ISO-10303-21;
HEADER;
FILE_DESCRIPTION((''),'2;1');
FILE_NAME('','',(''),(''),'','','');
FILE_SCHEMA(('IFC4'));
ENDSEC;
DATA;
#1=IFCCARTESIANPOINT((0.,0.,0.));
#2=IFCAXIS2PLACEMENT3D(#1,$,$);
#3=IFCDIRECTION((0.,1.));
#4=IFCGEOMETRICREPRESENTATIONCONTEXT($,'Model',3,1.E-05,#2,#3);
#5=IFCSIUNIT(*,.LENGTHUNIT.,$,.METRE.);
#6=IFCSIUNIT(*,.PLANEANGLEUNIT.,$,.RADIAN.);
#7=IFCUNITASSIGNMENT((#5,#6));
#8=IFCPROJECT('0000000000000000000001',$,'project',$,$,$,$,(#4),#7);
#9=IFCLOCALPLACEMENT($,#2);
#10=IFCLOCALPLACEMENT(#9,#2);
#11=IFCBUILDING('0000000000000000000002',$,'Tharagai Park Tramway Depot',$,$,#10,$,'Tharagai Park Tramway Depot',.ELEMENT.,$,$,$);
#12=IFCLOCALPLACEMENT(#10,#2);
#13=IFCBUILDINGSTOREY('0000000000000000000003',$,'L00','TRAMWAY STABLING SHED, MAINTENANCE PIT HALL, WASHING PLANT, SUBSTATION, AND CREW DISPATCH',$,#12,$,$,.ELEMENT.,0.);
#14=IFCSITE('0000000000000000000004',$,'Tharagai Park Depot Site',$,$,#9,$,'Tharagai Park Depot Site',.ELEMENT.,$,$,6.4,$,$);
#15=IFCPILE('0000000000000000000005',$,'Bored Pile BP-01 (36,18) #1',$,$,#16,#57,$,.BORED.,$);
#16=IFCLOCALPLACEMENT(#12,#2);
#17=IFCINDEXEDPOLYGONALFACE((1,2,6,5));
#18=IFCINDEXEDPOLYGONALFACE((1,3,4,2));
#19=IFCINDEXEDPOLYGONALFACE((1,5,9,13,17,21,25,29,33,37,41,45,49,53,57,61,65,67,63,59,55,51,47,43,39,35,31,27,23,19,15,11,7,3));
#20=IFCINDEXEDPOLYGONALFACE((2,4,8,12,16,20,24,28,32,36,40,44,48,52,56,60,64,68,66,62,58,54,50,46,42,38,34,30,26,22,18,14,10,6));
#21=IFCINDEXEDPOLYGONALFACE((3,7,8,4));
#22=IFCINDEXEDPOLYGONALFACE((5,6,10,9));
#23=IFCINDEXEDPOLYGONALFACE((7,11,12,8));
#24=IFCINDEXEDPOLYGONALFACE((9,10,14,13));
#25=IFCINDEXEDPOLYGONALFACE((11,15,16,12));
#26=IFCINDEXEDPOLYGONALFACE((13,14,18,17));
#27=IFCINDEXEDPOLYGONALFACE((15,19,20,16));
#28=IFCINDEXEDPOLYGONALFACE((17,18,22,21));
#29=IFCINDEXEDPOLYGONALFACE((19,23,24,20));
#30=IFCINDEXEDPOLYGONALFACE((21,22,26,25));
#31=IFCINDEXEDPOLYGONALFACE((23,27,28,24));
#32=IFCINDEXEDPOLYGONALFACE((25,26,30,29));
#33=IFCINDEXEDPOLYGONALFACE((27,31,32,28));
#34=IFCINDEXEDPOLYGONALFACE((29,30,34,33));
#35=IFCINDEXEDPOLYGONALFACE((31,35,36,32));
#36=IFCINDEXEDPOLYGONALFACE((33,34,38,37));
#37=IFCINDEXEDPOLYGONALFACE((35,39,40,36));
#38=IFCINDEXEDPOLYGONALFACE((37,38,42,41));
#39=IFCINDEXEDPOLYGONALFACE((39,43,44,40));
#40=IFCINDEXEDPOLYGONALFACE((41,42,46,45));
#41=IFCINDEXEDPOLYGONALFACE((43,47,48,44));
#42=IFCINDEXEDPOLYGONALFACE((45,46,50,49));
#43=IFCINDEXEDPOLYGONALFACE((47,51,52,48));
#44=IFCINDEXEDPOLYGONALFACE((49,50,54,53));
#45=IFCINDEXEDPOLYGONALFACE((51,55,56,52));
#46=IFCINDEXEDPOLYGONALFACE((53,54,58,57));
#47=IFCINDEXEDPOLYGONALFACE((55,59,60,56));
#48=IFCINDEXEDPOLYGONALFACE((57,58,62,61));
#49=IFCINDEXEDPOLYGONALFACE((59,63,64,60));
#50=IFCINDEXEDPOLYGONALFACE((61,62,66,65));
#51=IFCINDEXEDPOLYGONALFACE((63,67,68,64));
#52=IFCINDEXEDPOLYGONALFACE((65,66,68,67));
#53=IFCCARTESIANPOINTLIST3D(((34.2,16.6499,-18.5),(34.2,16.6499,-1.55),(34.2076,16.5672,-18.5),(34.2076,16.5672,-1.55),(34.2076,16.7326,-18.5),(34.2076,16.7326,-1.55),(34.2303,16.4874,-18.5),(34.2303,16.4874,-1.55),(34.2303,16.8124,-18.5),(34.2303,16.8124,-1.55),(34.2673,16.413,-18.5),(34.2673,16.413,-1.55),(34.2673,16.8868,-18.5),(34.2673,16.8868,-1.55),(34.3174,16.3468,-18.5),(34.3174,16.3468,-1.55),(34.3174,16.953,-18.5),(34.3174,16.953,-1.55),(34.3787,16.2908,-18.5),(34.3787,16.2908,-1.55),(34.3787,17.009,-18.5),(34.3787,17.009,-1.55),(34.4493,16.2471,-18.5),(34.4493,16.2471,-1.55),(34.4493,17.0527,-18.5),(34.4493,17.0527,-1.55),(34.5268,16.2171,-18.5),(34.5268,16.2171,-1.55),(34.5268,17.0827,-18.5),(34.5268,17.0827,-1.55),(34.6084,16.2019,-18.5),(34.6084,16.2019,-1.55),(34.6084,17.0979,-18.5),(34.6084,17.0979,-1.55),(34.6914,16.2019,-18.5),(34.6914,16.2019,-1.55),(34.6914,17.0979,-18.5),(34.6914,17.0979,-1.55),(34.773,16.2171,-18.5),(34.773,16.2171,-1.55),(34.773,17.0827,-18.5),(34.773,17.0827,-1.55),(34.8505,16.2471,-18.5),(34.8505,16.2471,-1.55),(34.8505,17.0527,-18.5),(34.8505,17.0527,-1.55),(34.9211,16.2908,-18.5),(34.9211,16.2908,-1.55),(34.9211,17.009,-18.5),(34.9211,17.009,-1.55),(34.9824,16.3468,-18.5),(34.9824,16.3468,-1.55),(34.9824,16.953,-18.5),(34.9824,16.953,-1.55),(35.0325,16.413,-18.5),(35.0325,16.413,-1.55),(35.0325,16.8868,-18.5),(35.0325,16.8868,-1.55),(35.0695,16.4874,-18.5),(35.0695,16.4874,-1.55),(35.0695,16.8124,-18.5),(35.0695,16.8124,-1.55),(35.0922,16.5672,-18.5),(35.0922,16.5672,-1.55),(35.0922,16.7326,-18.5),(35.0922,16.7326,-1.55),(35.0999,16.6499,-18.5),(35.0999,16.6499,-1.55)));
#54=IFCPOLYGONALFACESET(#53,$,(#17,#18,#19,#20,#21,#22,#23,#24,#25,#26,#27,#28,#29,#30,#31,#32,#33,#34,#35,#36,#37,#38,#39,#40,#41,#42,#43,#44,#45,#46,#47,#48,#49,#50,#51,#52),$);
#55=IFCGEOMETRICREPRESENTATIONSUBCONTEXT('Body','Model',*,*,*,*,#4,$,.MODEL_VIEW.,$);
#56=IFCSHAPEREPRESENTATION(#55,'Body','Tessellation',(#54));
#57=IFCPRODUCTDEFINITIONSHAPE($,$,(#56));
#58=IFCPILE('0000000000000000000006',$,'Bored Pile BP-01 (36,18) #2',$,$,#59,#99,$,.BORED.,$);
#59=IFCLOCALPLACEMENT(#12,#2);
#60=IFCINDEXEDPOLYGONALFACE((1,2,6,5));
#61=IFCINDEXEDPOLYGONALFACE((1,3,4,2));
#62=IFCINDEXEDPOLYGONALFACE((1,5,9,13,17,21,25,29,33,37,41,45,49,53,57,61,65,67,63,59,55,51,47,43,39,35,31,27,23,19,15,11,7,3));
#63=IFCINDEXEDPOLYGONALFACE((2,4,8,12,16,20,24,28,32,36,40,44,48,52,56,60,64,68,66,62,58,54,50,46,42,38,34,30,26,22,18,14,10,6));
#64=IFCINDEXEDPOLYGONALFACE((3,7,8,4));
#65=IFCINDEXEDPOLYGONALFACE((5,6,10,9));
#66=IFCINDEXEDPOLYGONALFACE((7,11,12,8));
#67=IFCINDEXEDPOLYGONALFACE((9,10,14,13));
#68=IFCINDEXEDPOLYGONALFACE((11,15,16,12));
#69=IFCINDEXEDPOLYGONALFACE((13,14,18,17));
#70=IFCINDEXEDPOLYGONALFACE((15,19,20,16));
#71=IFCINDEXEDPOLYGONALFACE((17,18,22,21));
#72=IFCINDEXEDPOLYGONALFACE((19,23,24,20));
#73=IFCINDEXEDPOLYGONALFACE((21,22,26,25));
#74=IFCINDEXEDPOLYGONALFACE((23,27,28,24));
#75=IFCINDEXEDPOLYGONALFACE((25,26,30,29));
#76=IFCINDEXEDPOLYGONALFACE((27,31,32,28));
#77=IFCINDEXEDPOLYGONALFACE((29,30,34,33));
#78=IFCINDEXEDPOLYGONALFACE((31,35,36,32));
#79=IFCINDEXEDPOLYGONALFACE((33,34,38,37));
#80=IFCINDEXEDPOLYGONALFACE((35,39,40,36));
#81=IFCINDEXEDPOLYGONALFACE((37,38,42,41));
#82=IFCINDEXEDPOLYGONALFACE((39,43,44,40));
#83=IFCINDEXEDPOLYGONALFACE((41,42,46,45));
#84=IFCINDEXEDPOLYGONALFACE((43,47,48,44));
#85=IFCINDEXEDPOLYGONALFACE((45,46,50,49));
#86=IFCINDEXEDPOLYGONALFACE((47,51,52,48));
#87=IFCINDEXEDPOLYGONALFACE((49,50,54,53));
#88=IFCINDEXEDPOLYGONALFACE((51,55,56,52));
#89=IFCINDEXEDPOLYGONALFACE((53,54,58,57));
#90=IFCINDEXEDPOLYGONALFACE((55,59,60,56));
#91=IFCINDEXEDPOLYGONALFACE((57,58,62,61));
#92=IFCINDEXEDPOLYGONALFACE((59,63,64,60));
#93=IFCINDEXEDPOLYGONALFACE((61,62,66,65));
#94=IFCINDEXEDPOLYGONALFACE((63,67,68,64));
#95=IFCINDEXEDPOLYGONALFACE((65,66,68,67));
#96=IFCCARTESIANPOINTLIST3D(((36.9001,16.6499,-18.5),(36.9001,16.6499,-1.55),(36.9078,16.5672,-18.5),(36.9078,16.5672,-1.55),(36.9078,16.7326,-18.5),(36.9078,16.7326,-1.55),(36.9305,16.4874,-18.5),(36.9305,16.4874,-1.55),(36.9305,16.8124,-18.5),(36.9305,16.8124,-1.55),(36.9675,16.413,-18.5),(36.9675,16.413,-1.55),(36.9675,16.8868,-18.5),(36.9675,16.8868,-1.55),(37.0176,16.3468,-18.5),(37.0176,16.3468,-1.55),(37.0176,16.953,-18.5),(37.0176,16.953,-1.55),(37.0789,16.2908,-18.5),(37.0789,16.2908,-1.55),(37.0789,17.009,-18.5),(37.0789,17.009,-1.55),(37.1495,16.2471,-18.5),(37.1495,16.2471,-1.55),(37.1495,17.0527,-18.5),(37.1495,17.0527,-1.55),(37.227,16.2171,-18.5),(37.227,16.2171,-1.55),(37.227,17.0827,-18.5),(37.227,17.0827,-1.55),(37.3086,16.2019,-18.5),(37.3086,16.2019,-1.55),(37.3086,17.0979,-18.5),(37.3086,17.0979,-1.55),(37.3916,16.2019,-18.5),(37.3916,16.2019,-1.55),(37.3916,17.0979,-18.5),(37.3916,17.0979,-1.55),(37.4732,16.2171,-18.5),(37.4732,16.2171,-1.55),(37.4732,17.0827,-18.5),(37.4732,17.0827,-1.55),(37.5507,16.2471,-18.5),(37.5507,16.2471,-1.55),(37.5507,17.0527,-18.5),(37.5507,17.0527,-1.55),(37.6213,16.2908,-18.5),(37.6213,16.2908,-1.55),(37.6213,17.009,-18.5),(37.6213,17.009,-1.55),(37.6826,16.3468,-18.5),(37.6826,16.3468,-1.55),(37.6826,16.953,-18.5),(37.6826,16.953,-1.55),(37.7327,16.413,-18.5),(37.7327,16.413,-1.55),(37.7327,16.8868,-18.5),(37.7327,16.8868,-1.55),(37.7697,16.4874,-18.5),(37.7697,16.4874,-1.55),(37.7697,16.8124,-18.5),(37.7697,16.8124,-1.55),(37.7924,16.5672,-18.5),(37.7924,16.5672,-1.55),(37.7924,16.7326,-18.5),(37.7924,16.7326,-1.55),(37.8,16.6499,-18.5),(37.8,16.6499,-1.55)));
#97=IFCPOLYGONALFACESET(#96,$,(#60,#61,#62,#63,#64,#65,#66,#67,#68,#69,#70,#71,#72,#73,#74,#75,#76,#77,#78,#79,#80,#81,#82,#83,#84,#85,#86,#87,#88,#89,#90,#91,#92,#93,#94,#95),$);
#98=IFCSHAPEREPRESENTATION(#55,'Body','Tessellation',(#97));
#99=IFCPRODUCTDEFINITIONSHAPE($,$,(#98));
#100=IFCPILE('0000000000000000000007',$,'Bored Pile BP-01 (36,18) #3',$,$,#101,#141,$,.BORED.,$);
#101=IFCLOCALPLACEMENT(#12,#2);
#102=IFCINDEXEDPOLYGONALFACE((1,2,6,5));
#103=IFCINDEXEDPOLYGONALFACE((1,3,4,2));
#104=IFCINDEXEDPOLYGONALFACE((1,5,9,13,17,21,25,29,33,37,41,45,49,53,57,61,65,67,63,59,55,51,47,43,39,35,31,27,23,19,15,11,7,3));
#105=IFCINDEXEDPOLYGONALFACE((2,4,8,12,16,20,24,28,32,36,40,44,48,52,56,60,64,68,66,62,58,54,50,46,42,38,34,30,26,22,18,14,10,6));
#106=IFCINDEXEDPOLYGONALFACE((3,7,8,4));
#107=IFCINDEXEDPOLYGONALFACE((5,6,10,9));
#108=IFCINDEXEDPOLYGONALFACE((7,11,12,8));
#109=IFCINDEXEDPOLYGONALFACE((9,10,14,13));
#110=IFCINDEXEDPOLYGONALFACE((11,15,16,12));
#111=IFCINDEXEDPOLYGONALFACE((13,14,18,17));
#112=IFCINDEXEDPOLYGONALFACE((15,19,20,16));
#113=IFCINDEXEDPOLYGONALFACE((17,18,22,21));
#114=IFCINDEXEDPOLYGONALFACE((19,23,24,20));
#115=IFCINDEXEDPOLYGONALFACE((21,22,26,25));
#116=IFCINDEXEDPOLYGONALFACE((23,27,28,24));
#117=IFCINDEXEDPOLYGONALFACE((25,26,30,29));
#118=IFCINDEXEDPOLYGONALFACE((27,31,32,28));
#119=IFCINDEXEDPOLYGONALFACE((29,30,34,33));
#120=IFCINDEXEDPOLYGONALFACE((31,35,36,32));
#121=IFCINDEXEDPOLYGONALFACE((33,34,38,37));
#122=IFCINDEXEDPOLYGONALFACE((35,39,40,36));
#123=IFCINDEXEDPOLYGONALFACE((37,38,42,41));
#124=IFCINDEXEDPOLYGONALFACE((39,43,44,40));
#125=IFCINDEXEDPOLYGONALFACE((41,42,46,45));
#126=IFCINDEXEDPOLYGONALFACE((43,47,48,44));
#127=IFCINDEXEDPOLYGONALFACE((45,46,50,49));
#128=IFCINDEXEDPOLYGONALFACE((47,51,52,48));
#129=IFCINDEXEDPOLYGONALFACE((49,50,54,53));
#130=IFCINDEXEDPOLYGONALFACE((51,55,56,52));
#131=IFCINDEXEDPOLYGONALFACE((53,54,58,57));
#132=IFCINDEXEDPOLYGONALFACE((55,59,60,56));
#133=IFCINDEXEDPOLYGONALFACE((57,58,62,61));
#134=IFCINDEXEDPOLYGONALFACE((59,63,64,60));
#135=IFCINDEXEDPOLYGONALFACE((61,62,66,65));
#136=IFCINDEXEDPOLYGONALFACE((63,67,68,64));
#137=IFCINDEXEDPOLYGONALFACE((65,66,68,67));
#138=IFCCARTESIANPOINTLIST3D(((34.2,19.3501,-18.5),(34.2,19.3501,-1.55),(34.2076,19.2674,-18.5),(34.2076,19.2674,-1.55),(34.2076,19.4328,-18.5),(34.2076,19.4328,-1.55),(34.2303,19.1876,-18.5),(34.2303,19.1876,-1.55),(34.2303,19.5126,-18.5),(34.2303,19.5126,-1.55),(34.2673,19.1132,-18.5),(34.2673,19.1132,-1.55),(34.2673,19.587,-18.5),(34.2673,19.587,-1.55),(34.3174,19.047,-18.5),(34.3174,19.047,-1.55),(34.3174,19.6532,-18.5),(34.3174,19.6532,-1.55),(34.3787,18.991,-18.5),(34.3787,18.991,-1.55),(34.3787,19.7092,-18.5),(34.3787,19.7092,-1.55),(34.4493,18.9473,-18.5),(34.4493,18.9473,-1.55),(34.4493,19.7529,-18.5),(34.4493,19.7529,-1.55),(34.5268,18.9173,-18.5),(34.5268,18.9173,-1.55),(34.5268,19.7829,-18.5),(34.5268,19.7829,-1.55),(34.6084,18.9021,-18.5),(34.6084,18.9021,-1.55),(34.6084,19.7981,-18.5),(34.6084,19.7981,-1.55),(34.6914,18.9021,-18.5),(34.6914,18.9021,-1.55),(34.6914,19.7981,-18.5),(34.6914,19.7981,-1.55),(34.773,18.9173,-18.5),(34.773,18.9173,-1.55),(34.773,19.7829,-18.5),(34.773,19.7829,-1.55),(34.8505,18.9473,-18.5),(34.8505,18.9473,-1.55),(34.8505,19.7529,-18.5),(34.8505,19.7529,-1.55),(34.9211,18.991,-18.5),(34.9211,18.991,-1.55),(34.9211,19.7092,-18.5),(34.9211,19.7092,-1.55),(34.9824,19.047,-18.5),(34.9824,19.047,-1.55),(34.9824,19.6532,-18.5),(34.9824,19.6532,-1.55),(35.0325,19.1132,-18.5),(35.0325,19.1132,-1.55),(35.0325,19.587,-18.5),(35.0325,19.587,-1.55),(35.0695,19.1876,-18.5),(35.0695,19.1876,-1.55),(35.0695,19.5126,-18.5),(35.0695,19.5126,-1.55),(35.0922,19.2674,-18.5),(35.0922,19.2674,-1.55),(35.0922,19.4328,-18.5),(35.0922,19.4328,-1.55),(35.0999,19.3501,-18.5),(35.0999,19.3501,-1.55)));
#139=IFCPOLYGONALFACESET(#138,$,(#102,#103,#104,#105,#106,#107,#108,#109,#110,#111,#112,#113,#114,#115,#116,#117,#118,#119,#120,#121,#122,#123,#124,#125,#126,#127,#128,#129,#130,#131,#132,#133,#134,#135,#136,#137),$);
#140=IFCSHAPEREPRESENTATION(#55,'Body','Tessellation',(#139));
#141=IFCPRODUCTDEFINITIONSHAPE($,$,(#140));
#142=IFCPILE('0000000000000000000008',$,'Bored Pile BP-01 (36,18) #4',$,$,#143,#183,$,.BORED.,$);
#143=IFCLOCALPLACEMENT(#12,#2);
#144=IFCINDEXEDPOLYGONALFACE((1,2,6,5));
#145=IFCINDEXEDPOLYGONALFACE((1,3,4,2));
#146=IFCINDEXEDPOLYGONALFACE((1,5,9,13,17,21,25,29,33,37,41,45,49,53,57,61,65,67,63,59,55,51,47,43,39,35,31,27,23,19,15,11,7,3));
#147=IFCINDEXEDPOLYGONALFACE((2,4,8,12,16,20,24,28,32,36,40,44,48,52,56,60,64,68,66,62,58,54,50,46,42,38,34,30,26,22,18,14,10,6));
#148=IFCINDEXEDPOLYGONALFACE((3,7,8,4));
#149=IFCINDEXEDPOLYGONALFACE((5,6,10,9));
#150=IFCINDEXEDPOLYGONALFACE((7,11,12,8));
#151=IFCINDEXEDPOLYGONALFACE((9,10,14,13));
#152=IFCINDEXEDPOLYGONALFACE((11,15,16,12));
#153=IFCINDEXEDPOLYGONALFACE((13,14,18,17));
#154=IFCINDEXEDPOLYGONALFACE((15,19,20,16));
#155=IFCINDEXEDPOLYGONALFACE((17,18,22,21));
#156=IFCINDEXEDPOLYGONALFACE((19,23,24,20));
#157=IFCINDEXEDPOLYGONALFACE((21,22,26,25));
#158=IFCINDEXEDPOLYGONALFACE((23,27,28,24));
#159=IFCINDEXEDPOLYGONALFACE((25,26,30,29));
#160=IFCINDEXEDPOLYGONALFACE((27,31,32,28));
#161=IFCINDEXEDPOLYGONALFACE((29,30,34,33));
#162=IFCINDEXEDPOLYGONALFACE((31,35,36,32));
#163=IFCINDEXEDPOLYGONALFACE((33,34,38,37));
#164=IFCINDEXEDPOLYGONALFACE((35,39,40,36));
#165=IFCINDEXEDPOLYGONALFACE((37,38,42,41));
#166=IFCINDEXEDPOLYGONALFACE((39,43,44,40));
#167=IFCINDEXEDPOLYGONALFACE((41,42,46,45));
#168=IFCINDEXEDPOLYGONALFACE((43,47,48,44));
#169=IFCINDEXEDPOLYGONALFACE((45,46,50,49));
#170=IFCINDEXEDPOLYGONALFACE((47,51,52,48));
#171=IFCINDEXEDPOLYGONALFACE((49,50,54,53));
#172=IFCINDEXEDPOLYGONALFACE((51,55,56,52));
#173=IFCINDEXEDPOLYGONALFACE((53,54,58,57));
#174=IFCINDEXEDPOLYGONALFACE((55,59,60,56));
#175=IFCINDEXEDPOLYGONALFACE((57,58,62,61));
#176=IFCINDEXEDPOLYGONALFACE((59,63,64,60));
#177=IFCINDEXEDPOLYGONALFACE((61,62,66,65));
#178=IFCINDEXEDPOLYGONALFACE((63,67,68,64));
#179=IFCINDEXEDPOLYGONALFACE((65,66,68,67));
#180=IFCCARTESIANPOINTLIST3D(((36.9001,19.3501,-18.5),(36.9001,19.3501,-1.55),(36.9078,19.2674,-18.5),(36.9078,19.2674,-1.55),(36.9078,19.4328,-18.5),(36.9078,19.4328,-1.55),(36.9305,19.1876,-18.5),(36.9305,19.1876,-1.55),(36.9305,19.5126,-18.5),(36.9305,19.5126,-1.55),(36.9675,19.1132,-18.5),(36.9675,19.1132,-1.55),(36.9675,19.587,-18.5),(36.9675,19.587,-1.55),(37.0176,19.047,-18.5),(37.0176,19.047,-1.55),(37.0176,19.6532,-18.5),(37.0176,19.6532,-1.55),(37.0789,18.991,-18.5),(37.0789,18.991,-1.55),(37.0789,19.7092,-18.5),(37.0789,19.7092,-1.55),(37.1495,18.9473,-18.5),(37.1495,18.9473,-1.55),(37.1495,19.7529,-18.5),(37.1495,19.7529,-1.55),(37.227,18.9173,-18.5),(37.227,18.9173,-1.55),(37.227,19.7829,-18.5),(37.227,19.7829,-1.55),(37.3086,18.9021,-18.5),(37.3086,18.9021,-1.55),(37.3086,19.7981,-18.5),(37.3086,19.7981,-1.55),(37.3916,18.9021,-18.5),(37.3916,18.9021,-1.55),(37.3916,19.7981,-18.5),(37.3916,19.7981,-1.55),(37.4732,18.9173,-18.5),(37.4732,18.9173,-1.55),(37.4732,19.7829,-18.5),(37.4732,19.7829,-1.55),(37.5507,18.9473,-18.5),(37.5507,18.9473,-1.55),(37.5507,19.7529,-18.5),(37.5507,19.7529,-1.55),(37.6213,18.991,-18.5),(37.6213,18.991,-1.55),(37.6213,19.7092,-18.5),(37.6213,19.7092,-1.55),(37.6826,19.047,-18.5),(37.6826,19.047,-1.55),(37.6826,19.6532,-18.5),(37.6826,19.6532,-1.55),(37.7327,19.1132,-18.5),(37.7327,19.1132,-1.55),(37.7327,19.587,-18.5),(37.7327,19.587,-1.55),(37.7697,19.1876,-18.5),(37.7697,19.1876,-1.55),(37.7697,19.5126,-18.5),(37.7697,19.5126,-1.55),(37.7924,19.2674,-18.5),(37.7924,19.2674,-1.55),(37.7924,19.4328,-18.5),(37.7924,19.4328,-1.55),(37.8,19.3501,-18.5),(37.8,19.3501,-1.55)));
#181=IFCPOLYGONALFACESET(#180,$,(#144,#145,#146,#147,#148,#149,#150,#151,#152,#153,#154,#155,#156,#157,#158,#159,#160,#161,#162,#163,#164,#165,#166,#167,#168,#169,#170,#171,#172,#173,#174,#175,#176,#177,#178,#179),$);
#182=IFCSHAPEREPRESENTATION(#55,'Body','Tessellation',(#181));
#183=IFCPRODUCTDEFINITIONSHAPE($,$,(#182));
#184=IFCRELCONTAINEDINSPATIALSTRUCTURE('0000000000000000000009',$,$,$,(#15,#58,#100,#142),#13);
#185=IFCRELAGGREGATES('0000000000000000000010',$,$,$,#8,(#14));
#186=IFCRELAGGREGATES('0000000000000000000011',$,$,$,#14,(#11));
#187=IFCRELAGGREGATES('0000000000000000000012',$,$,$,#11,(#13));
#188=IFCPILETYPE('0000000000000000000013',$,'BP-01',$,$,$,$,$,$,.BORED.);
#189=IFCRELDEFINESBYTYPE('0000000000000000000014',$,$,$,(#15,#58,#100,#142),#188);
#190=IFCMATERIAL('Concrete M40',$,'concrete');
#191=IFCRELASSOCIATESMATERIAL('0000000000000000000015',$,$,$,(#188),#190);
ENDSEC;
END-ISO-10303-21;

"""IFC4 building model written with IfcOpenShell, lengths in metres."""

from ifc_helpers import new_model, si_unit, direction, frame, origin, origin_2d, place, context, subcontext, project, spatial, circle, extrude, material, material_profile, profile_set, type_object, element, save


model = new_model("IFC4")

# Units and contexts
model_context = context("Model", 3, precision=1e-05, world=origin(), true_north=direction((0.0, 1.0)))
body_context = subcontext(model_context, "Body", "Model", "MODEL_VIEW")
ifc_project = project(units=[si_unit("LENGTHUNIT", "METRE"), si_unit("PLANEANGLEUNIT", "RADIAN")], contexts=[model_context])

# Site, building, storey
site_placement = place(None, origin())
site = spatial("IfcSite", under=ifc_project, at=site_placement, Name="Tharagai Park Depot Site", LongName="Tharagai Park Depot Site", CompositionType="ELEMENT", RefElevation=6.4)
building_placement = place(site_placement, origin())
building = spatial("IfcBuilding", under=site, at=building_placement, Name="Tharagai Park Tramway Depot", LongName="Tharagai Park Tramway Depot", CompositionType="ELEMENT")
storey_placement = place(building_placement, origin())
storey = spatial("IfcBuildingStorey", under=building, at=storey_placement, Name="L00", Description="TRAMWAY STABLING SHED, MAINTENANCE PIT HALL, WASHING PLANT, SUBSTATION, AND CREW DISPATCH", CompositionType="ELEMENT", Elevation=0.0)

# Piles
ifc_material_1 = material(Name="Concrete M40", Category="concrete")
ifc_material_profile_1 = material_profile(ifc_material_1, circle(Radius=0.45, at=origin_2d()), Name="PILE D900")
ifc_profile_set_1 = profile_set([ifc_material_profile_1], Name="Concrete M40")
pile_type_1 = type_object("IfcPileType", Name="BP-01", PredefinedType="BORED", material=ifc_profile_set_1)
for number, where, z_axis, x_axis, name in (
    (1, (34.6499, 16.6499, -1.55), (0.0, 0.0, -1.0), (1.0, 0.0, 0.0), "Bored Pile BP-01 (36,18) #1"),
    (2, (37.3501, 16.6499, -1.55), (0.0, 0.0, -1.0), (1.0, 0.0, 0.0), "Bored Pile BP-01 (36,18) #2"),
    (3, (34.6499, 19.3501, -1.55), (0.0, 0.0, -1.0), (1.0, 0.0, 0.0), "Bored Pile BP-01 (36,18) #3"),
    (4, (37.3501, 19.3501, -1.55), (0.0, 0.0, -1.0), (1.0, 0.0, 0.0), "Bored Pile BP-01 (36,18) #4"),
):
    element("IfcPile", number, at=place(storey_placement, frame(where, z_axis=z_axis, x_axis=x_axis)), inside=storey, type_object=pile_type_1, Name=name, PredefinedType="BORED", context=body_context, shape_type="SweptSolid", body=[
        extrude(circle(Radius=0.45, at=origin_2d()), origin(), (0.0, 0.0, 1.0), 16.95),
    ])

save(model, "model.ifc")
